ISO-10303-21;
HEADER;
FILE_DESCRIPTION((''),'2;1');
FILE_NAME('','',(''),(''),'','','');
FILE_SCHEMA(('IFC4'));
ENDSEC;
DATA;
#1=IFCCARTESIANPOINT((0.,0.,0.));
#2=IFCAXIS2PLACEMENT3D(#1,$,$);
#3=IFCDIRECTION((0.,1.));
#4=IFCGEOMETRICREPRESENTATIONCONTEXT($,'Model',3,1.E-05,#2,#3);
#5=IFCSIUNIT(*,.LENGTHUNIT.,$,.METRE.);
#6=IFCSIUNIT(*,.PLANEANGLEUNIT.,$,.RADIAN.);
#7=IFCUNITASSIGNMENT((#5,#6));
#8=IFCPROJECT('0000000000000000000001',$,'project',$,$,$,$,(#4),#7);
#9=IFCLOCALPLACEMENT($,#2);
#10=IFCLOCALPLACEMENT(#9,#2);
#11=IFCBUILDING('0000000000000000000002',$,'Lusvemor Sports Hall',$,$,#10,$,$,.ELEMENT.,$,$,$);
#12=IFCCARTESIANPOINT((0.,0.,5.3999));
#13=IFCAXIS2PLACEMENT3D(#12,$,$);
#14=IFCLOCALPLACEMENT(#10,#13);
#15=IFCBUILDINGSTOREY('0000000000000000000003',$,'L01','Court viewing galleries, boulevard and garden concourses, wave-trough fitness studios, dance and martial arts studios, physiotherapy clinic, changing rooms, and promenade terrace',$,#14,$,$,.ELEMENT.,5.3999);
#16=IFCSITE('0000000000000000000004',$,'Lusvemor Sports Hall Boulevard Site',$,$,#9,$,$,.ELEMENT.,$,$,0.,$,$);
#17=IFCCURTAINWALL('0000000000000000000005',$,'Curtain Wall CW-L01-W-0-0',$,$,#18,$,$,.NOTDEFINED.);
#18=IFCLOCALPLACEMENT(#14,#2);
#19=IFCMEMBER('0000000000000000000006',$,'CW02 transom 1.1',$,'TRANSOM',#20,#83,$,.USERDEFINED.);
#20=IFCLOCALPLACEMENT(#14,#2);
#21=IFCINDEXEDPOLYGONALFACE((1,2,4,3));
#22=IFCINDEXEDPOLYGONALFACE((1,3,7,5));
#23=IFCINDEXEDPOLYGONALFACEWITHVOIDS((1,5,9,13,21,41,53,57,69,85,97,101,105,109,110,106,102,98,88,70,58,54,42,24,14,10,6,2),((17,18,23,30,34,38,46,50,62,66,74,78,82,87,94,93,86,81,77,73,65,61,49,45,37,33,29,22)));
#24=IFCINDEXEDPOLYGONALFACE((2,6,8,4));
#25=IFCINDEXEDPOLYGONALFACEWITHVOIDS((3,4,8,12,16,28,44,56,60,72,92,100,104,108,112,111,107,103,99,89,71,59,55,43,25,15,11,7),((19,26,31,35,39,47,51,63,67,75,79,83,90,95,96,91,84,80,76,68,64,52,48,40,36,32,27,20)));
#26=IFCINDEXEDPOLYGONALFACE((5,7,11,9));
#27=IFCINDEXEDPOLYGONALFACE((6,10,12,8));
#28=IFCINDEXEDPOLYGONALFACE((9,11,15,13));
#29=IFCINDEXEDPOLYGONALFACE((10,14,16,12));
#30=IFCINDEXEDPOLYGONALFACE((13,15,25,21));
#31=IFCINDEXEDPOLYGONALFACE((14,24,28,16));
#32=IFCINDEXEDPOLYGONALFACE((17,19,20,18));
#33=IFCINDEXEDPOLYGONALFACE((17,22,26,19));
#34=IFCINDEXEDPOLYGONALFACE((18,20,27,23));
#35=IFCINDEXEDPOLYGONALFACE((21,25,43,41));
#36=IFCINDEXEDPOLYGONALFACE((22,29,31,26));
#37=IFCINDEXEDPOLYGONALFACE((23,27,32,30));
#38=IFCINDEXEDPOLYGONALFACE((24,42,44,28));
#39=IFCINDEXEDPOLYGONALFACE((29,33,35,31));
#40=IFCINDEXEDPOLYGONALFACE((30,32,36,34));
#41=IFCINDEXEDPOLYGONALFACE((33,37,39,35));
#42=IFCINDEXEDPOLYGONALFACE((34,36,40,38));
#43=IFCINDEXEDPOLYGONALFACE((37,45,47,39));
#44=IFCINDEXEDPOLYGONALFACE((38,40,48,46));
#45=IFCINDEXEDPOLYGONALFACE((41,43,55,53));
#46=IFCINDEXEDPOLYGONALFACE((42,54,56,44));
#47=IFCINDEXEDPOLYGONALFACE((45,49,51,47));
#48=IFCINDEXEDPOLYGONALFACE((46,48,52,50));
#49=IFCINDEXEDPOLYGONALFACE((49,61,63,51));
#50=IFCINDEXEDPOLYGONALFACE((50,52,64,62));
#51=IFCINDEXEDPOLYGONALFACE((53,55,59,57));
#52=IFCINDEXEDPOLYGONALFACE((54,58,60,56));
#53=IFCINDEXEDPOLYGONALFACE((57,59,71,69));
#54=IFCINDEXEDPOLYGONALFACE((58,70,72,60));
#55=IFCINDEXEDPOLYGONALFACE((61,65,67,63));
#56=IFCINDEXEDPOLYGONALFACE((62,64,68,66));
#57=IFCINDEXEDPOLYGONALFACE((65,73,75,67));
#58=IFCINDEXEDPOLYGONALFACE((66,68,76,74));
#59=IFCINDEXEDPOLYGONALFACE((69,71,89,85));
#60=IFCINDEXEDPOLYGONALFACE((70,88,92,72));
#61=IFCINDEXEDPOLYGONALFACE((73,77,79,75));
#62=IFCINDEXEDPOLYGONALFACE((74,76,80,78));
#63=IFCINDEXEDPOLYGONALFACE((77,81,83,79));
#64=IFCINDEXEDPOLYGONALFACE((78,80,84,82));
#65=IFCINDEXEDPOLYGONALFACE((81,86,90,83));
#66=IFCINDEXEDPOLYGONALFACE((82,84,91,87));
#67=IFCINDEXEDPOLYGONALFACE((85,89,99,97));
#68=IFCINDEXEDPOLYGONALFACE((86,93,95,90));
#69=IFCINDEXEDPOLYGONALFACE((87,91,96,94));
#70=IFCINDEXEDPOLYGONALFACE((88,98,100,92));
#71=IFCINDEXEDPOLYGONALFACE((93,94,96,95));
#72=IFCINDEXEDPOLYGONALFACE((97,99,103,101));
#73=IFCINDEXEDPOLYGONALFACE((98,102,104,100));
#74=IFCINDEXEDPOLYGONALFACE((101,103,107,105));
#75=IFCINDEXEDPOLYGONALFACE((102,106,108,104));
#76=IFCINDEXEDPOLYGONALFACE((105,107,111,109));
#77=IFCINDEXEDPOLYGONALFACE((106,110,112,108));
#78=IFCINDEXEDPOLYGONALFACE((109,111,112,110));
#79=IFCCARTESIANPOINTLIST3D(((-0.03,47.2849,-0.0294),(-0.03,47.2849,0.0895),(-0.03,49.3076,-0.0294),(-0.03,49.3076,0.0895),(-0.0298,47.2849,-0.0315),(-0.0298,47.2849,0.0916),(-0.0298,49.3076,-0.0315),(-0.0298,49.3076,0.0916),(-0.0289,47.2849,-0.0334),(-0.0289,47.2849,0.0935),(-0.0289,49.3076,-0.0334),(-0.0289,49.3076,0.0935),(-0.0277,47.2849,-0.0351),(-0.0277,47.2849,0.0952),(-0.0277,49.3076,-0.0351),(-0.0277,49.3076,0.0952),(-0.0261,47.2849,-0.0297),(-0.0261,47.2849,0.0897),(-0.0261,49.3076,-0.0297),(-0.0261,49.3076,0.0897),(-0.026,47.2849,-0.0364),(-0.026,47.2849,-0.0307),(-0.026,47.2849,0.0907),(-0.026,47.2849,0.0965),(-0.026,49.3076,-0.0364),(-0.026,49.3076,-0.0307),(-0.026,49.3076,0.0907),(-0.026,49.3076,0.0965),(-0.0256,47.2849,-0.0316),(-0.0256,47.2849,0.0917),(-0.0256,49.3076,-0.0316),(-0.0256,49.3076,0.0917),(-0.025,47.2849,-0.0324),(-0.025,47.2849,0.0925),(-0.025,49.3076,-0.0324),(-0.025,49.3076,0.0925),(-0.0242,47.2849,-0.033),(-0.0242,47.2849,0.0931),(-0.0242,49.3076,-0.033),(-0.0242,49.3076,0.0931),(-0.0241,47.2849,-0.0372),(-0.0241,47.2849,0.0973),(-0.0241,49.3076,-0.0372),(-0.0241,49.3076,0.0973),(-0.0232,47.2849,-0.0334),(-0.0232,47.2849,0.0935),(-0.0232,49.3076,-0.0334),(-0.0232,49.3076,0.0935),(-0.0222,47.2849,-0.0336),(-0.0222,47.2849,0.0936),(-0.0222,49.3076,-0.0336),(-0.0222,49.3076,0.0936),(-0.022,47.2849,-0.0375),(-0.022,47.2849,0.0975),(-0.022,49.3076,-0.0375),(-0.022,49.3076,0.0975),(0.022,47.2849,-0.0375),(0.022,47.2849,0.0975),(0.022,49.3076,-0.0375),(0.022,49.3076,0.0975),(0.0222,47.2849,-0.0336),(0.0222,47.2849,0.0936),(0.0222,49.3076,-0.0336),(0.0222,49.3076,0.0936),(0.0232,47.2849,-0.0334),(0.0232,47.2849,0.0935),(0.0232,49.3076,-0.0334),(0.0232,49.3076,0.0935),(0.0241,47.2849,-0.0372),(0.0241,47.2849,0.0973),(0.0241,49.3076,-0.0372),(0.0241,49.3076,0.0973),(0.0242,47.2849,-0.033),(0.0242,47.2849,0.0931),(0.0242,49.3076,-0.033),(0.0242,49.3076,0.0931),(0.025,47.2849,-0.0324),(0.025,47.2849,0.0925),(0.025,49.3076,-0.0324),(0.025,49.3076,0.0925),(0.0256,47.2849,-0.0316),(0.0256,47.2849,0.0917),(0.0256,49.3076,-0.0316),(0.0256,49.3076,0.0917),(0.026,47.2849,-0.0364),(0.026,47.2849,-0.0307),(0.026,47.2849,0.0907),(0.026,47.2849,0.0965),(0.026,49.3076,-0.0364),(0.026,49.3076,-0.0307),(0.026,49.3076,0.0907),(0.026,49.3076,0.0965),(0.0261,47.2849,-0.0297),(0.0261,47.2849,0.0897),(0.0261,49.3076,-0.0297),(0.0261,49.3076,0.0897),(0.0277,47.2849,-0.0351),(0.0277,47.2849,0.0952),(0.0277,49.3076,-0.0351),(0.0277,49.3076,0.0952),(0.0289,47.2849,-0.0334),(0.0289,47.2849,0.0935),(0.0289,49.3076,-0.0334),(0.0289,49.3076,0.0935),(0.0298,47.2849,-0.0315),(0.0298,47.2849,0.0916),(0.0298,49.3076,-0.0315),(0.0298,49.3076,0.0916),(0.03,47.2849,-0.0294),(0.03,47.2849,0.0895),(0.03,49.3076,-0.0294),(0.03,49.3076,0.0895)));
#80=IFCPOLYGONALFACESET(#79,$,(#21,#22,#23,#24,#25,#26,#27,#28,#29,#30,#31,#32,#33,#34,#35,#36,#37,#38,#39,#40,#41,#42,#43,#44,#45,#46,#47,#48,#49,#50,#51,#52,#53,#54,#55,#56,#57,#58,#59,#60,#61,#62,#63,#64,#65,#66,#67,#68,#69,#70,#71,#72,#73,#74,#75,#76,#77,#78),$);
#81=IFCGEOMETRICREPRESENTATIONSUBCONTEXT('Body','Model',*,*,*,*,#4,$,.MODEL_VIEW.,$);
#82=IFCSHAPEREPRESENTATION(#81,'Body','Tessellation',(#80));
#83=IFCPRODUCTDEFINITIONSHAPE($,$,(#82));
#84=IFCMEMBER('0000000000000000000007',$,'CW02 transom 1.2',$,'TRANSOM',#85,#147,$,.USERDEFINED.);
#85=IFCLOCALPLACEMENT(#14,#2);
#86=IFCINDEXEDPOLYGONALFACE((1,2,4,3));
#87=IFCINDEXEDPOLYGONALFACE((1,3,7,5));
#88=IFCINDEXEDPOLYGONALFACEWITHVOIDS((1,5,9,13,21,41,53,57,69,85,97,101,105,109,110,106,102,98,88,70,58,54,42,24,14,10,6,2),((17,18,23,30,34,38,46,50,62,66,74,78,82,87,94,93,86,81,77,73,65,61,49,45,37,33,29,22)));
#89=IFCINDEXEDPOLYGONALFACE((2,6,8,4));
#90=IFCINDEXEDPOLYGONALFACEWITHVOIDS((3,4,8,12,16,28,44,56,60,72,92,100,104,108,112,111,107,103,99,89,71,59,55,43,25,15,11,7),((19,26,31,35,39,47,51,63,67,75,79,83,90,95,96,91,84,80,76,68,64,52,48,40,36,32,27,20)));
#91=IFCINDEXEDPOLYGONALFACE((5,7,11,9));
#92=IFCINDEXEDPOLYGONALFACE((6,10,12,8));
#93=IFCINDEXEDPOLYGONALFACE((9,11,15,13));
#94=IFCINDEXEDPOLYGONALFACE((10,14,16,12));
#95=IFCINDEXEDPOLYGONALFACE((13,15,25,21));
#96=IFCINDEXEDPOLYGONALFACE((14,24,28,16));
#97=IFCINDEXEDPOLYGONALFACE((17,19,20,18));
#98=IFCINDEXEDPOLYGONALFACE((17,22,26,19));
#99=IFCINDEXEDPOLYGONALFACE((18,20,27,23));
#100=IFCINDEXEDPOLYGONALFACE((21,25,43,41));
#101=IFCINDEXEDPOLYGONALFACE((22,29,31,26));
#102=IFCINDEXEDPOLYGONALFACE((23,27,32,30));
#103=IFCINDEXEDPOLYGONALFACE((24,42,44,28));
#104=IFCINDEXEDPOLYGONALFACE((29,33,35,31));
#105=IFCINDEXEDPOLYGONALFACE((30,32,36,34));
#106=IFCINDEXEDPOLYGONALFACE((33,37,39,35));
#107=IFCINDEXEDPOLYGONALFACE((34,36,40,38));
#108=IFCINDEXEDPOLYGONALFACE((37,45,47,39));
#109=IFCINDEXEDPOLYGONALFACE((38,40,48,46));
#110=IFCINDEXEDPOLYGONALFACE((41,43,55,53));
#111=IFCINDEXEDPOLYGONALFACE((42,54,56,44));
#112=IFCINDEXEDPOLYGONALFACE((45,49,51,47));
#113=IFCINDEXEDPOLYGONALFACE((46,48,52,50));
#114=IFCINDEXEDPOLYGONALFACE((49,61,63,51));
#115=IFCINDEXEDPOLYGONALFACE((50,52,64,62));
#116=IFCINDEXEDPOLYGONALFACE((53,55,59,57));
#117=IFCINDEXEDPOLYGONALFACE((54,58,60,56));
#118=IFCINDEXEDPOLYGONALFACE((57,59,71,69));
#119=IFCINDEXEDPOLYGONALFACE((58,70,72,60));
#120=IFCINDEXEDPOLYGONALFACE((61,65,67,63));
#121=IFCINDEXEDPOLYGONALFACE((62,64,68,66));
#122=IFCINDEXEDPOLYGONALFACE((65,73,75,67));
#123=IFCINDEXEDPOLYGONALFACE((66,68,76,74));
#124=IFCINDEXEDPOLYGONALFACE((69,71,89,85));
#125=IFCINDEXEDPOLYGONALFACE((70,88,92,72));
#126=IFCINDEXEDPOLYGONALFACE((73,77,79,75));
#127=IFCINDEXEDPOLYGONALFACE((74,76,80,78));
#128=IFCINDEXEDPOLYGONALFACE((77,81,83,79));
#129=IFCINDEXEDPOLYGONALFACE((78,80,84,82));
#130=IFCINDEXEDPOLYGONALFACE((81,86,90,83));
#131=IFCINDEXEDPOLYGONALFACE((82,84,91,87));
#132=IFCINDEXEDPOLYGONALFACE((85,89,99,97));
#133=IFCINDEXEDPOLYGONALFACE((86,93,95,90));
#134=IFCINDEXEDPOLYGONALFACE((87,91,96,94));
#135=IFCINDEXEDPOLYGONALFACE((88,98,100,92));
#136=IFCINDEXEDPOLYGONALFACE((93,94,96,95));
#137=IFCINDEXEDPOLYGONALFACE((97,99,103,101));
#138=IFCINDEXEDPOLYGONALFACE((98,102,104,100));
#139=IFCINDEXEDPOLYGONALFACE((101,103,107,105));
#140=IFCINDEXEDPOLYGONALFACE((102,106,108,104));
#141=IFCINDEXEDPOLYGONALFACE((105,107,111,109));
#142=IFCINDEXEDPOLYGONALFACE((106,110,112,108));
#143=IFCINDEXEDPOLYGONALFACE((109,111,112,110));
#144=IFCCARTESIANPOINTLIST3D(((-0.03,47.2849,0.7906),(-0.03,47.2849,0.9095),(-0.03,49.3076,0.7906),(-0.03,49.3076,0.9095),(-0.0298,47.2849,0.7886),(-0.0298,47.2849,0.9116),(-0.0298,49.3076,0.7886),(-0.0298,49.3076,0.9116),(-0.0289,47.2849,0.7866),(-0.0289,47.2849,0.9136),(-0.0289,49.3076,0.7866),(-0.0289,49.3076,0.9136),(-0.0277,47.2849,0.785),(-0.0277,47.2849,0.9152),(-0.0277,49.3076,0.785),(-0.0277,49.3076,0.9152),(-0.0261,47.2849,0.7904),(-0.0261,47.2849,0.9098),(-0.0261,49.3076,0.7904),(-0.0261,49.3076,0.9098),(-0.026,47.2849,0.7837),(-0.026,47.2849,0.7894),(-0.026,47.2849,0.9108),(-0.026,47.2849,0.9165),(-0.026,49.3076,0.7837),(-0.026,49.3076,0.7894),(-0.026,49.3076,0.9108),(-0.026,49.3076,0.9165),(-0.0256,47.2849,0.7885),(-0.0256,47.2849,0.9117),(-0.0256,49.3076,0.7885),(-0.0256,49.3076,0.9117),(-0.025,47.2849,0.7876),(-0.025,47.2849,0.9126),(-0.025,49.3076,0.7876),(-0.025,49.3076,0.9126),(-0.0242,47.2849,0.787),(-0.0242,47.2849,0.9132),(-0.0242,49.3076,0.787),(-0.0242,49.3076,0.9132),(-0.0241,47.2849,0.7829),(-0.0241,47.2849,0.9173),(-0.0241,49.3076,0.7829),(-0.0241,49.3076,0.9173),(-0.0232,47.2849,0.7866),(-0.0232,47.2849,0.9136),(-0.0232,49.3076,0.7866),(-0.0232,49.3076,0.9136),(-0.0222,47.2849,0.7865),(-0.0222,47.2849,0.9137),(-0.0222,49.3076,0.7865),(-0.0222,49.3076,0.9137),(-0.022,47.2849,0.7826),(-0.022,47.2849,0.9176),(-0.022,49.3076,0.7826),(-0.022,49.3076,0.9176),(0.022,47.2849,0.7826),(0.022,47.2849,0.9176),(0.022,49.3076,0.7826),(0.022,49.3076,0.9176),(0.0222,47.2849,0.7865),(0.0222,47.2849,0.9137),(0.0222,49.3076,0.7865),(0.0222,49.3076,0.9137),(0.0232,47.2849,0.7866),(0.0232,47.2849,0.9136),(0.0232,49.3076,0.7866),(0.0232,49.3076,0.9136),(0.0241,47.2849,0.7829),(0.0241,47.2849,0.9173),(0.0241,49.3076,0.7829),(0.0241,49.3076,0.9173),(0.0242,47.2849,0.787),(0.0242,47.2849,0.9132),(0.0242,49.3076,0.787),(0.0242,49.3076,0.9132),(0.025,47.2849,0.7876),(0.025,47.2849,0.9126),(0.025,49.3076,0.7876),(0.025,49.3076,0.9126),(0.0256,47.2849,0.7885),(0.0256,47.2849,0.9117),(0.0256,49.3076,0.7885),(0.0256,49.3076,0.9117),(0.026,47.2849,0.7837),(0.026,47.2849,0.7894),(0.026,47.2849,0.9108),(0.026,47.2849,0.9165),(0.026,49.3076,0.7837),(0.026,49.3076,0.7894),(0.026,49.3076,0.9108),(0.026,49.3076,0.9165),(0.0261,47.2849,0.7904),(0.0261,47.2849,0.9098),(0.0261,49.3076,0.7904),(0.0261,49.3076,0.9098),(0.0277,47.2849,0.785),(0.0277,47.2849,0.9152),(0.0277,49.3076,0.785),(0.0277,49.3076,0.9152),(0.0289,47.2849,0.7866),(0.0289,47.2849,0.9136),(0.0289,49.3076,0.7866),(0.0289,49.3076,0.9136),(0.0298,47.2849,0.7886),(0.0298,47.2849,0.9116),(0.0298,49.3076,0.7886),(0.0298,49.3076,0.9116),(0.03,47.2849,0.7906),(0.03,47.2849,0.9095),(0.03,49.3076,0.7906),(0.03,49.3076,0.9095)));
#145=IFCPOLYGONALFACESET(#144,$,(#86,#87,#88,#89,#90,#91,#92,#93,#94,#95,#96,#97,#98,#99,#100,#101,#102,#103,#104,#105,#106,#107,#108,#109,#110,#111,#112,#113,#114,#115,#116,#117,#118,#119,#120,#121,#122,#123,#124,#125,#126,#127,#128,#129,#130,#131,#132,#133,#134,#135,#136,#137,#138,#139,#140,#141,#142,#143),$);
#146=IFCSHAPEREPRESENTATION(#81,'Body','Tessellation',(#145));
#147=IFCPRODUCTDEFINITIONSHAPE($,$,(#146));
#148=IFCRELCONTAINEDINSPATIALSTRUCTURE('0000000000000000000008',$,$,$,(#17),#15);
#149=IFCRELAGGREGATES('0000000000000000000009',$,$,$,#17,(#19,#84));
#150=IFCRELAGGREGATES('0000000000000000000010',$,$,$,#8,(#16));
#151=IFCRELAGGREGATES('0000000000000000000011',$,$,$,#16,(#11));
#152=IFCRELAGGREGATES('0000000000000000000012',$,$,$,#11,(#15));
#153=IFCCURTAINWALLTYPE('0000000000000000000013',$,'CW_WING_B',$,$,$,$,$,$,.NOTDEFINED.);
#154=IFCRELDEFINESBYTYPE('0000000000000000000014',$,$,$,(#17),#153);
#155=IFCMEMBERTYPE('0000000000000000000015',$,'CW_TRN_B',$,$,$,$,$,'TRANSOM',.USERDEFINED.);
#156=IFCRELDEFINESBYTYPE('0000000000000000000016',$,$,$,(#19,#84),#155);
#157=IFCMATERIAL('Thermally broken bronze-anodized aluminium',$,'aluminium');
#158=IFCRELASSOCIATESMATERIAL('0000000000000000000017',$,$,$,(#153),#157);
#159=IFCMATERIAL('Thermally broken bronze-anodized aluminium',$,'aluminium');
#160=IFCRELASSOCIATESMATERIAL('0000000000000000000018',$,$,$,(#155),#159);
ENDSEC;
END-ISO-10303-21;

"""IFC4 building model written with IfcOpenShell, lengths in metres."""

from ifc_helpers import new_model, si_unit, direction, frame, origin, origin_2d, place, context, subcontext, project, spatial, hollow_rectangle, extrude, material, material_profile, profile_set, type_object, element, aggregate, save


model = new_model("IFC4")

# Units and contexts
model_context = context("Model", 3, precision=1e-05, world=origin(), true_north=direction((0.0, 1.0)))
body_context = subcontext(model_context, "Body", "Model", "MODEL_VIEW")
ifc_project = project(units=[si_unit("LENGTHUNIT", "METRE"), si_unit("PLANEANGLEUNIT", "RADIAN")], contexts=[model_context])

# Site, building, storey
site_placement = place(None, origin())
site = spatial("IfcSite", under=ifc_project, at=site_placement, Name="Lusvemor Sports Hall Boulevard Site", CompositionType="ELEMENT", RefElevation=0.0)
building_placement = place(site_placement, origin())
building = spatial("IfcBuilding", under=site, at=building_placement, Name="Lusvemor Sports Hall", CompositionType="ELEMENT")
storey_placement = place(building_placement, frame((0.0, 0.0, 5.3999)))
storey = spatial("IfcBuildingStorey", under=building, at=storey_placement, Name="L01", Description="Court viewing galleries, boulevard and garden concourses, wave-trough fitness studios, dance and martial arts studios, physiotherapy clinic, changing rooms, and promenade terrace", CompositionType="ELEMENT", Elevation=5.3999)

# Curtain wall
ifc_material_1 = material(Name="Thermally broken bronze-anodized aluminium", Category="aluminium")
curtain_wall_type_1 = type_object("IfcCurtainWallType", Name="CW_WING_B", PredefinedType="NOTDEFINED", material=ifc_material_1)
curtain_wall_1_placement = place(storey_placement, origin())
curtain_wall_1 = element("IfcCurtainWall", 1, at=curtain_wall_1_placement, inside=storey, type_object=curtain_wall_type_1, Name="Curtain Wall CW-L01-W-0-0", PredefinedType="NOTDEFINED")

# Members
ifc_material_2 = material(Name="Thermally broken bronze-anodized aluminium", Category="aluminium")
ifc_material_profile_1 = material_profile(ifc_material_2, hollow_rectangle(XDim=0.0601, YDim=0.135, WallThickness=0.0039, InnerFilletRadius=0.0039, OuterFilletRadius=0.0081, at=origin_2d()), Name="CWTRN135x60x4")
ifc_profile_set_1 = profile_set([ifc_material_profile_1], Name="Thermally broken bronze-anodized aluminium")
member_type_1 = type_object("IfcMemberType", Name="CW_TRN_B", ElementType="TRANSOM", PredefinedType="USERDEFINED", material=ifc_profile_set_1)
member_1_placement = place(storey_placement, frame((0.0, 47.2849, 0.03), z_axis=(0.0, 1.0, 0.0), x_axis=(-1.0, 0.0, 0.0)))
member_1 = element("IfcMember", 2, at=member_1_placement, type_object=member_type_1, Name="CW02 transom 1.1", ObjectType="TRANSOM", PredefinedType="USERDEFINED", context=body_context, shape_type="SweptSolid", body=[
    extrude(hollow_rectangle(XDim=0.0601, YDim=0.135, WallThickness=0.0039, InnerFilletRadius=0.0039, OuterFilletRadius=0.0081, at=origin_2d()), origin(), (0.0, 0.0, 1.0), 2.0227),
])
member_2_placement = place(storey_placement, frame((0.0, 47.2849, 0.8501), z_axis=(0.0, 1.0, 0.0), x_axis=(-1.0, 0.0, 0.0)))
member_2 = element("IfcMember", 3, at=member_2_placement, type_object=member_type_1, Name="CW02 transom 1.2", ObjectType="TRANSOM", PredefinedType="USERDEFINED", context=body_context, shape_type="SweptSolid", body=[
    extrude(hollow_rectangle(XDim=0.0601, YDim=0.135, WallThickness=0.0039, InnerFilletRadius=0.0039, OuterFilletRadius=0.0081, at=origin_2d()), origin(), (0.0, 0.0, 1.0), 2.0227),
])

aggregate(curtain_wall_1, [member_1, member_2])

save(model, "model.ifc")
